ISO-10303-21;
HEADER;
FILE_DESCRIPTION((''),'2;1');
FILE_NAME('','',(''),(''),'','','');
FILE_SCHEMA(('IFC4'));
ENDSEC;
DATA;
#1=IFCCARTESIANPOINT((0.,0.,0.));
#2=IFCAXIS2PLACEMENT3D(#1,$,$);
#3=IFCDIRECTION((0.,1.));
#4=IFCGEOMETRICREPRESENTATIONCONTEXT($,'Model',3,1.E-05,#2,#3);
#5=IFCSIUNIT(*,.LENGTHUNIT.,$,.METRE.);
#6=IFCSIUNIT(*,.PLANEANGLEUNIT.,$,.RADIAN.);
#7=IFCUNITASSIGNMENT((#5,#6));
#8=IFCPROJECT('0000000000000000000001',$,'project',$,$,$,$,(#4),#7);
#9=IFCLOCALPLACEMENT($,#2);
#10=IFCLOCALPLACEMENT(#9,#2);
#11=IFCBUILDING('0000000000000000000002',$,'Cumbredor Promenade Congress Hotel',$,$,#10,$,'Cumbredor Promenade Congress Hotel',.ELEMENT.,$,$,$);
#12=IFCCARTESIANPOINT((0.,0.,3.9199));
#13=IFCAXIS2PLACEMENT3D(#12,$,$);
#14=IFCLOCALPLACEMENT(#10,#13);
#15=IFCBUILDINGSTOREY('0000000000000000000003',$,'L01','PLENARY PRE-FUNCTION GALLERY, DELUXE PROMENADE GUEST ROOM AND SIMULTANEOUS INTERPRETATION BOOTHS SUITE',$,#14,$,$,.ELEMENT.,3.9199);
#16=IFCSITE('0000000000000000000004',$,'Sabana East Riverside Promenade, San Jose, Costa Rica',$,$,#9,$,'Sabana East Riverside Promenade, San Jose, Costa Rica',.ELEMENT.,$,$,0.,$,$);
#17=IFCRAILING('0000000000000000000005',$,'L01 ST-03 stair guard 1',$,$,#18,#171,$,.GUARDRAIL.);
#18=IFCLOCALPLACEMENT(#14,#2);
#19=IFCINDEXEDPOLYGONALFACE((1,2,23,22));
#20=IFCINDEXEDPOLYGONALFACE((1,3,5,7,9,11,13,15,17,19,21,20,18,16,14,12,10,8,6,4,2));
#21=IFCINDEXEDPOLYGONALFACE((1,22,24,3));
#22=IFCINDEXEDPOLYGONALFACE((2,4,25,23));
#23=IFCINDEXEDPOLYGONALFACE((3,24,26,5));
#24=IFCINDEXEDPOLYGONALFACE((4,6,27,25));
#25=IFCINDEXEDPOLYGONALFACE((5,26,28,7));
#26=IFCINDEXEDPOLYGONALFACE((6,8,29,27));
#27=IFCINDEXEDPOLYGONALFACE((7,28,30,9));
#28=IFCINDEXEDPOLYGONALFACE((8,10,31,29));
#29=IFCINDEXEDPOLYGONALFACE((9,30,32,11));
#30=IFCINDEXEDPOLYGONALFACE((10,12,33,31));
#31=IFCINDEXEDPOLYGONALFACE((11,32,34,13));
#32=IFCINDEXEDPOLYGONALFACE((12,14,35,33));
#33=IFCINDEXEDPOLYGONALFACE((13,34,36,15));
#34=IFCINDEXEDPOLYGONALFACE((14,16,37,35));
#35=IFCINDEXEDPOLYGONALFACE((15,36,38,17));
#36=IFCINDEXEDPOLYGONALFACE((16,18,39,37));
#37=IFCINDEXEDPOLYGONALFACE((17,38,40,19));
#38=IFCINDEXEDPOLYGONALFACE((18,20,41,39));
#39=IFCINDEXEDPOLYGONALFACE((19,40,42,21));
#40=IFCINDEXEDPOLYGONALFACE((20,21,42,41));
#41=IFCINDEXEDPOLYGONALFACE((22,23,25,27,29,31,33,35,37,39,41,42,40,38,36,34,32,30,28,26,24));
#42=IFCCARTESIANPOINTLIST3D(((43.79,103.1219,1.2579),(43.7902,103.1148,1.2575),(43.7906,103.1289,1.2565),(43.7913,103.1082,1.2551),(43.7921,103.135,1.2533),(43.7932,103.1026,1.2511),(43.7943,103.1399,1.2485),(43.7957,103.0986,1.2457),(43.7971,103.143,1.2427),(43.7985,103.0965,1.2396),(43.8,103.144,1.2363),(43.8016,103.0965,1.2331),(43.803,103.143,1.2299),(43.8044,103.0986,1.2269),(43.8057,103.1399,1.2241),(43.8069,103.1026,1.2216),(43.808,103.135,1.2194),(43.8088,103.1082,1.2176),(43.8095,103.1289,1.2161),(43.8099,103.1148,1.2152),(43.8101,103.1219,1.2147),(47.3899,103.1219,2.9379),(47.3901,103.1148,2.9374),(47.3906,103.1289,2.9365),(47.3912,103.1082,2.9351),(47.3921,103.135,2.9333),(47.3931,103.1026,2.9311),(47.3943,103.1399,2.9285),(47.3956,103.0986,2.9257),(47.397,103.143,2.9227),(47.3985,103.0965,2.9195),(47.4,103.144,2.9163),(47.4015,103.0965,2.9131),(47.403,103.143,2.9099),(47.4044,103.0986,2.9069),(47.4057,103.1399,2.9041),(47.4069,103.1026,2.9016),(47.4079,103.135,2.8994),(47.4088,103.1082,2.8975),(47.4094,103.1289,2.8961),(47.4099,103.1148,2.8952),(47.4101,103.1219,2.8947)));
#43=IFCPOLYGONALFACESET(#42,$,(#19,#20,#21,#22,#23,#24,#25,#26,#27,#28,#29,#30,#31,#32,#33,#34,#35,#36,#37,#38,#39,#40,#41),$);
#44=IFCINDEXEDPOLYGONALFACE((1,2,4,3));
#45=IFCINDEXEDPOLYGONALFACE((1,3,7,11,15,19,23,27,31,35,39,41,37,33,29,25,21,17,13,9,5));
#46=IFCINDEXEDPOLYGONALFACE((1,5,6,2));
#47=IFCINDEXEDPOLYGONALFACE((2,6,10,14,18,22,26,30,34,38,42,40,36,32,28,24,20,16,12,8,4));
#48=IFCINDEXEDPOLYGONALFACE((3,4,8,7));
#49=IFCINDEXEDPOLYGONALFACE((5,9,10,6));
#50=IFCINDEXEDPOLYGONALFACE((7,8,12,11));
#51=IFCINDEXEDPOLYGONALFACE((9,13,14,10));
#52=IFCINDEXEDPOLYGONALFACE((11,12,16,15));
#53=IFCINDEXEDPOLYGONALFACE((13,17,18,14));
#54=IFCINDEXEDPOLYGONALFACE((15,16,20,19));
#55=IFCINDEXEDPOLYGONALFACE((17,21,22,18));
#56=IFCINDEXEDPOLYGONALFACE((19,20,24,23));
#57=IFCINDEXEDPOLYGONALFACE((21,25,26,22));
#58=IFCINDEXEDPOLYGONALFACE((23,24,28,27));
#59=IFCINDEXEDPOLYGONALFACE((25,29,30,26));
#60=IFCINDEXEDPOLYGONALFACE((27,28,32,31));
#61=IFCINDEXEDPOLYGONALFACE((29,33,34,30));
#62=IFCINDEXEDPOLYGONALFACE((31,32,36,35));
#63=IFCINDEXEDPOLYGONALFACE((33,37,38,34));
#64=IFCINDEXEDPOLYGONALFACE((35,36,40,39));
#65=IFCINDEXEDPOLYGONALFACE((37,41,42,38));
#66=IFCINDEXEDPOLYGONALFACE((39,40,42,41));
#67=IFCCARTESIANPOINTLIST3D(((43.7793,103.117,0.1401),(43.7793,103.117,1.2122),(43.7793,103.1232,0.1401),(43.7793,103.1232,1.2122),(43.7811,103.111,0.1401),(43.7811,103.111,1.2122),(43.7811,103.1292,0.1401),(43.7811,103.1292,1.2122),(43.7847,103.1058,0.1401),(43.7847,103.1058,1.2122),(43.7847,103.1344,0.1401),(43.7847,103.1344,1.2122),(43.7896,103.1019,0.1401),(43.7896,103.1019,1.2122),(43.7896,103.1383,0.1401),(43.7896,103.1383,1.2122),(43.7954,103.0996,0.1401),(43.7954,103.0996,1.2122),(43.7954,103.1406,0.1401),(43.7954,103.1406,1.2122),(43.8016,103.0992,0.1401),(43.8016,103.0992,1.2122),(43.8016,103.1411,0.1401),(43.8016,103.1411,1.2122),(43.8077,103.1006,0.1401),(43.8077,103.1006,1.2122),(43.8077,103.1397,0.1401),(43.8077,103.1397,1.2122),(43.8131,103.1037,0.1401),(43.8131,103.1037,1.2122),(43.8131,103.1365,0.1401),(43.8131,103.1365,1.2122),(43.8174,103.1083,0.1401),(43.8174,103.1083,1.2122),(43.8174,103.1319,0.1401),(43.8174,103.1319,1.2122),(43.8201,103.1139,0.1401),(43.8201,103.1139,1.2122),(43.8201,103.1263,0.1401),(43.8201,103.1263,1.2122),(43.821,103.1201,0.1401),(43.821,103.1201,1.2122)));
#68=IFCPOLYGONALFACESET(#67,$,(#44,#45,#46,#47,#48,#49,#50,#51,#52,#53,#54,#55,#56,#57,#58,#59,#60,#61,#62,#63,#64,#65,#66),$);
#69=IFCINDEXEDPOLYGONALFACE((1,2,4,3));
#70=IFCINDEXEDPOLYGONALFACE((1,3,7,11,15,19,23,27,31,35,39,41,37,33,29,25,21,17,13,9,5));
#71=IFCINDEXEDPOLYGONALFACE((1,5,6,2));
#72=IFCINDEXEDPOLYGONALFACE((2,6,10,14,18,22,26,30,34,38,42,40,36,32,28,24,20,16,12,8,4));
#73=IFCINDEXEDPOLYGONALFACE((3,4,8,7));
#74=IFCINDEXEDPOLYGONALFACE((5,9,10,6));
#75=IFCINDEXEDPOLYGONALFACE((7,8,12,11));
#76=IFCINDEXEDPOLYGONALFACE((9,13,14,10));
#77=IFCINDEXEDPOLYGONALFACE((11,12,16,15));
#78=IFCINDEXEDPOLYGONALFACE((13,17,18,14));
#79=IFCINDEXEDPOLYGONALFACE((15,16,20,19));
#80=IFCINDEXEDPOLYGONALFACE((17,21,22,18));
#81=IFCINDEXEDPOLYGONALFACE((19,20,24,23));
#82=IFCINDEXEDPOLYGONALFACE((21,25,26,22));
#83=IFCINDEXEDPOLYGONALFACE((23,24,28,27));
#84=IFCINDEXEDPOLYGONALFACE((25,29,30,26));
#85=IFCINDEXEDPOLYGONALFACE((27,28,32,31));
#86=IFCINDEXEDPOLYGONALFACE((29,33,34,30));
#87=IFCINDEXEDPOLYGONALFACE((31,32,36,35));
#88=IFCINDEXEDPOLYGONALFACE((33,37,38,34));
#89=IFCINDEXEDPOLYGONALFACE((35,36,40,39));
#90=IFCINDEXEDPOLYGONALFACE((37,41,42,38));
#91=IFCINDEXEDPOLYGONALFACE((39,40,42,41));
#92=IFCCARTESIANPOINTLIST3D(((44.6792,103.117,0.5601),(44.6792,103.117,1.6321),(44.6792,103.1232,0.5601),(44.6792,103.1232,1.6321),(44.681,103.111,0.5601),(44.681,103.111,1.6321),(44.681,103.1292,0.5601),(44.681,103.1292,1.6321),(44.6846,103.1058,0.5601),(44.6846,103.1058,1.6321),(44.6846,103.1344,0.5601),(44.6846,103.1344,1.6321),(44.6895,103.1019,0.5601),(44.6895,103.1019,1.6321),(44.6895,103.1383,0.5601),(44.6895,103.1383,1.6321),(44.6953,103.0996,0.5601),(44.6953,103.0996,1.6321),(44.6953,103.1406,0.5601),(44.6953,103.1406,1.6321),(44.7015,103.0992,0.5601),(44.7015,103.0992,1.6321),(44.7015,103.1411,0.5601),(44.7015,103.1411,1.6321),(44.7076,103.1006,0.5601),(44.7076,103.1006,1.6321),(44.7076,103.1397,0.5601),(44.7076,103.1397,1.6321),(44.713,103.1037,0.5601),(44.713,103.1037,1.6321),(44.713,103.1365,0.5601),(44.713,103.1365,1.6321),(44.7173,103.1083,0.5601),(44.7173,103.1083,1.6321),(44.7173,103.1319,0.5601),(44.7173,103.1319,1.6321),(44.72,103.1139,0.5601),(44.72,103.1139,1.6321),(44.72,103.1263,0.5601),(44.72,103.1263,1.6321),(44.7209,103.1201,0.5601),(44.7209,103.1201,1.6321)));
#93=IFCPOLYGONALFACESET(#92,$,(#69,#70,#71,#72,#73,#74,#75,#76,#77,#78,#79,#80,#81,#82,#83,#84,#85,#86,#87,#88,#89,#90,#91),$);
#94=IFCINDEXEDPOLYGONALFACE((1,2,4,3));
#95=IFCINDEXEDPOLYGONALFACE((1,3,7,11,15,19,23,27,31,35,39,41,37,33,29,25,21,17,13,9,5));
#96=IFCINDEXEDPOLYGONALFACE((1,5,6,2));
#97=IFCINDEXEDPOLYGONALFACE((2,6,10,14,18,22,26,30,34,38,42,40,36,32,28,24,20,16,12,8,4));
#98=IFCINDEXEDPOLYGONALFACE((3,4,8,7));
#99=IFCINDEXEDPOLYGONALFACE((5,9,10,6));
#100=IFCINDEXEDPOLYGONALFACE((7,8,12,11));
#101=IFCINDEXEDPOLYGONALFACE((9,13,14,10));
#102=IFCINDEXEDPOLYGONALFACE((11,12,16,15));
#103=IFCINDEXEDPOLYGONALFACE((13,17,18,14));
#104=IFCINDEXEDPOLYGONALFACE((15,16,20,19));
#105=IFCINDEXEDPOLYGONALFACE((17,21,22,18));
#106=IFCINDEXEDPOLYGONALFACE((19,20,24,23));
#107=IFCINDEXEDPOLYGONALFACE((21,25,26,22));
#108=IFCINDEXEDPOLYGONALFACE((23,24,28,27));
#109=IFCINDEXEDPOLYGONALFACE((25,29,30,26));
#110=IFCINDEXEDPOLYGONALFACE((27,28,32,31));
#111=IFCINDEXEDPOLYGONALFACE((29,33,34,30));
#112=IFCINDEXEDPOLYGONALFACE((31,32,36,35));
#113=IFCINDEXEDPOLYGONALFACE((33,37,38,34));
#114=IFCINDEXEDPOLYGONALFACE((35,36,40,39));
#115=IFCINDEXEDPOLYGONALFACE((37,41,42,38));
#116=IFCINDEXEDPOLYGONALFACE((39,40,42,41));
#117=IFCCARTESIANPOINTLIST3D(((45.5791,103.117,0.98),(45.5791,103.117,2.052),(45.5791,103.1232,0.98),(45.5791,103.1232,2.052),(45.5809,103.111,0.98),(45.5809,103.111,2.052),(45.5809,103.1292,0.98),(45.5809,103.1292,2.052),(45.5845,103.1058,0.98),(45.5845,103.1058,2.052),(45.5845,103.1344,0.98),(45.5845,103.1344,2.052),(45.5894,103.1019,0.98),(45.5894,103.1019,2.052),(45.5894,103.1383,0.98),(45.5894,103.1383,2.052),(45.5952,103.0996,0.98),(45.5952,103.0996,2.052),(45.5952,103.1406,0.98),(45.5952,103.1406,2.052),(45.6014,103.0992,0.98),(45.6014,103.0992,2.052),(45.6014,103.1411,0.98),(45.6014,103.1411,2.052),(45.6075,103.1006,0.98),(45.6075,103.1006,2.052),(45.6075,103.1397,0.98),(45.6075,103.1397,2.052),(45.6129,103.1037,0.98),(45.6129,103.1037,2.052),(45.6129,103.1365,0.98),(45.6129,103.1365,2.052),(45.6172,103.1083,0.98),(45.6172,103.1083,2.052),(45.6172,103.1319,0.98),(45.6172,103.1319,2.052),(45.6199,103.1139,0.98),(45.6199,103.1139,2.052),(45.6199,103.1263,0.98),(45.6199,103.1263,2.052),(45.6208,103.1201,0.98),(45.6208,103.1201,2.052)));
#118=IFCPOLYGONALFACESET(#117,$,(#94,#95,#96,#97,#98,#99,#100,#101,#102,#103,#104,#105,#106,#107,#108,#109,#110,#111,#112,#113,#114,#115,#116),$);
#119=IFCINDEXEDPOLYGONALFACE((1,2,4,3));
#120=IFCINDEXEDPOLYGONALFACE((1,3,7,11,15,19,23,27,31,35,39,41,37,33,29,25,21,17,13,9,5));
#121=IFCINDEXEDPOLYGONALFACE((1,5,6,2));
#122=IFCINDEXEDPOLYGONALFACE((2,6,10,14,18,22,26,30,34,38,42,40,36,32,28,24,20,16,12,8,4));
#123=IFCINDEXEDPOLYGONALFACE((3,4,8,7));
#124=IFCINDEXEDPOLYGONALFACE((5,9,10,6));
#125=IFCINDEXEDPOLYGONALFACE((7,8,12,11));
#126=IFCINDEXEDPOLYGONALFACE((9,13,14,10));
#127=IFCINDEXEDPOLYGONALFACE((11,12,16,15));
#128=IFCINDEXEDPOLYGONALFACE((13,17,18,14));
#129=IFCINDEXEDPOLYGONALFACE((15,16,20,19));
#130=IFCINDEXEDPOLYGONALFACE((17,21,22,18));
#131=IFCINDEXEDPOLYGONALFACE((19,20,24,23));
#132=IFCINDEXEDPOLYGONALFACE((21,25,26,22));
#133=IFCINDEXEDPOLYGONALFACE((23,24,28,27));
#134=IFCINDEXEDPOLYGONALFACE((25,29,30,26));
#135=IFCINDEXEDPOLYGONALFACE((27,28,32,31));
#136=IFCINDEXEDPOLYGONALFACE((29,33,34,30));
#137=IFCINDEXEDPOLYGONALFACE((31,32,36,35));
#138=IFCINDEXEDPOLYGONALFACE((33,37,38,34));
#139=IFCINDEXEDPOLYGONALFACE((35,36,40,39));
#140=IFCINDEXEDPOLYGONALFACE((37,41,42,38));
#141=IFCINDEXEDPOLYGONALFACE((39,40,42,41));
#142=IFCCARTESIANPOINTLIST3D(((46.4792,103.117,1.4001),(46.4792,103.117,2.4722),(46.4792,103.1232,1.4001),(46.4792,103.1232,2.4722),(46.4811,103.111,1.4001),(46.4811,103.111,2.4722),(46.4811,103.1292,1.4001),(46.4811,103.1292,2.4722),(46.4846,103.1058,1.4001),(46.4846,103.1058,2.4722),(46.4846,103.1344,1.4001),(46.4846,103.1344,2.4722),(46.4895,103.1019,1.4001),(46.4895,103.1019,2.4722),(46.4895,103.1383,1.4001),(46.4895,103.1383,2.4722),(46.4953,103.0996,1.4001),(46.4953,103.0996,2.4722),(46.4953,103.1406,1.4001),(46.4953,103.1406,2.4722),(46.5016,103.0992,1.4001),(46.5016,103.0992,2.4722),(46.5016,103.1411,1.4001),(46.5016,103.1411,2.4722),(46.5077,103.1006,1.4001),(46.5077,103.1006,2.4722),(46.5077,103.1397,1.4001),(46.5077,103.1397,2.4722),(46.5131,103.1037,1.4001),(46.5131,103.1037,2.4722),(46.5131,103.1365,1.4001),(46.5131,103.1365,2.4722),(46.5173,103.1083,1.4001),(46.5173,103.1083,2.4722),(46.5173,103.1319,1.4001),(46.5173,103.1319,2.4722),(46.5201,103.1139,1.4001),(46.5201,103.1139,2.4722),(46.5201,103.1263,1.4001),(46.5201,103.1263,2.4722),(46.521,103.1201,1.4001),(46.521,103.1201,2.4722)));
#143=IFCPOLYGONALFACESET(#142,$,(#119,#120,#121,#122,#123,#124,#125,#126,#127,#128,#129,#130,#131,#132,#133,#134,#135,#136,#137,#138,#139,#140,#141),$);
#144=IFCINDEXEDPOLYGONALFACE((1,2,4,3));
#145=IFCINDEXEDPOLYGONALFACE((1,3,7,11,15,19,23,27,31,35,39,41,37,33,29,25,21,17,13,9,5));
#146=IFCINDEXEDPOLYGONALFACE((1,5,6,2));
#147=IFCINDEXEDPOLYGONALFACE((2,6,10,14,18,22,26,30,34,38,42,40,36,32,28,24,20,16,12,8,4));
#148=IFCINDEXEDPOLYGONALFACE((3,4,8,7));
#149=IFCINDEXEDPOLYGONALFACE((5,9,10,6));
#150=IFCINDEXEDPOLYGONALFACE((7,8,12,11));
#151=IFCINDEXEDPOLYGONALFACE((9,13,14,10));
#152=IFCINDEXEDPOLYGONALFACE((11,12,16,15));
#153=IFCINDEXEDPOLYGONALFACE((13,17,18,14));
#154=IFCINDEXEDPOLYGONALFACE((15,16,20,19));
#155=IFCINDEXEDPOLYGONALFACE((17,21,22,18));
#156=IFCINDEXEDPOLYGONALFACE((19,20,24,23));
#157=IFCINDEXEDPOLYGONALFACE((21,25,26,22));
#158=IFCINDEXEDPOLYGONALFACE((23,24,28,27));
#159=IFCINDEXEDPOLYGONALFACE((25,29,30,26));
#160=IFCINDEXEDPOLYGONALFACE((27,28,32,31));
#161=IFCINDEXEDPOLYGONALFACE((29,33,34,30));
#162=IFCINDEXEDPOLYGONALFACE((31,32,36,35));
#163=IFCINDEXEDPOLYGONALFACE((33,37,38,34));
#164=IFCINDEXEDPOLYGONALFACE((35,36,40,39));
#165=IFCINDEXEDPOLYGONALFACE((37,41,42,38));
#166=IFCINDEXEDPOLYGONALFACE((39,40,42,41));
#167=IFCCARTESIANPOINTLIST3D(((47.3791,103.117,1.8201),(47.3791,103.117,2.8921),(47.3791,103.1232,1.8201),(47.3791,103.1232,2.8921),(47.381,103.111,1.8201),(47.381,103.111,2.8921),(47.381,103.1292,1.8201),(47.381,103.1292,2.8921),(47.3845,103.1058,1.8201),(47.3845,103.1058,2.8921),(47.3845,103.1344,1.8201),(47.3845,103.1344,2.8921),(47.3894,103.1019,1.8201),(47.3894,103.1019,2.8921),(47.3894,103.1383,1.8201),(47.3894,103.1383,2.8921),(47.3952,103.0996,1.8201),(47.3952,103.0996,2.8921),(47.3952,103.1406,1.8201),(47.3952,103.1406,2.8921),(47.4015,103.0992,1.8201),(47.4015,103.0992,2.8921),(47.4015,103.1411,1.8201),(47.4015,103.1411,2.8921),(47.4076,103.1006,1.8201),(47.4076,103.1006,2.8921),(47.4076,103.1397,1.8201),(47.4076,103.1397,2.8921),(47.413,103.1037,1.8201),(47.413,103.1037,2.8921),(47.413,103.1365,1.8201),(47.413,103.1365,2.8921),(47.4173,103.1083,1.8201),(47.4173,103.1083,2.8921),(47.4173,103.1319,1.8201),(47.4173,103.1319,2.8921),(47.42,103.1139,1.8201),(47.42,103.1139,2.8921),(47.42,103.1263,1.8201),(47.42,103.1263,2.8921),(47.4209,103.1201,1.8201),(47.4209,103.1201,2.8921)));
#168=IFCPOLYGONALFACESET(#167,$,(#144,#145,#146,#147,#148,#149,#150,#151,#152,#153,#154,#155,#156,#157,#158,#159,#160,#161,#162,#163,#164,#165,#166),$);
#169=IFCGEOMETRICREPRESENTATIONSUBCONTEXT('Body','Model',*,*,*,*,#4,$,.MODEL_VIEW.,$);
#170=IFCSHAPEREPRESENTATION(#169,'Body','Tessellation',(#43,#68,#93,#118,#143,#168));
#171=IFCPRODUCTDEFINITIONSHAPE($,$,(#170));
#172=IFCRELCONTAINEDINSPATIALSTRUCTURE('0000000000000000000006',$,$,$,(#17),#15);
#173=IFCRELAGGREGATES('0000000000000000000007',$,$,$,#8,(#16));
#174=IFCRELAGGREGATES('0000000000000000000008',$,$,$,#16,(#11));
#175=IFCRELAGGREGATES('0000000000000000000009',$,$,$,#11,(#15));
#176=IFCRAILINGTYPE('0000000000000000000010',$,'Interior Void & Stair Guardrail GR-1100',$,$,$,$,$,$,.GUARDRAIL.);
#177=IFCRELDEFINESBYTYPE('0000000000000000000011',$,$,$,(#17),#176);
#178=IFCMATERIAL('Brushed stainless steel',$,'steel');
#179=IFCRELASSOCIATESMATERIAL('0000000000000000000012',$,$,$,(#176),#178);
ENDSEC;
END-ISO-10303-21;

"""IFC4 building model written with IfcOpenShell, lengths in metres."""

from ifc_helpers import new_model, si_unit, direction, frame, origin, origin_2d, place, context, subcontext, project, spatial, circle, extrude, material, type_object, element, save


model = new_model("IFC4")

# Units and contexts
model_context = context("Model", 3, precision=1e-05, world=origin(), true_north=direction((0.0, 1.0)))
body_context = subcontext(model_context, "Body", "Model", "MODEL_VIEW")
ifc_project = project(units=[si_unit("LENGTHUNIT", "METRE"), si_unit("PLANEANGLEUNIT", "RADIAN")], contexts=[model_context])

# Site, building, storey
site_placement = place(None, origin())
site = spatial("IfcSite", under=ifc_project, at=site_placement, Name="Sabana East Riverside Promenade, San Jose, Costa Rica", LongName="Sabana East Riverside Promenade, San Jose, Costa Rica", CompositionType="ELEMENT", RefElevation=0.0)
building_placement = place(site_placement, origin())
building = spatial("IfcBuilding", under=site, at=building_placement, Name="Cumbredor Promenade Congress Hotel", LongName="Cumbredor Promenade Congress Hotel", CompositionType="ELEMENT")
storey_placement = place(building_placement, frame((0.0, 0.0, 3.9199)))
storey = spatial("IfcBuildingStorey", under=building, at=storey_placement, Name="L01", Description="PLENARY PRE-FUNCTION GALLERY, DELUXE PROMENADE GUEST ROOM AND SIMULTANEOUS INTERPRETATION BOOTHS SUITE", CompositionType="ELEMENT", Elevation=3.9199)

# Railing
ifc_material_1 = material(Name="Brushed stainless steel", Category="steel")
railing_type_1 = type_object("IfcRailingType", Name="Interior Void & Stair Guardrail GR-1100", PredefinedType="GUARDRAIL", material=ifc_material_1)
railing_1_placement = place(storey_placement, frame((43.8, 103.1201, 0.1401)))
element("IfcRailing", 1, at=railing_1_placement, inside=storey, type_object=railing_type_1, Name="L01 ST-03 stair guard 1", PredefinedType="GUARDRAIL", context=body_context, shape_type="SweptSolid", body=[
    extrude(circle(Radius=0.0239, at=origin_2d()), frame((0.0, 0.0, 1.0962), z_axis=(0.906183, 0.0, 0.422885), x_axis=(0.0, 1.0, 0.0)), (0.0, 0.0, 1.0), 3.9727),
    extrude(circle(Radius=0.021, at=origin_2d()), origin(), (0.0, 0.0, 1.0), 1.072),
    extrude(circle(Radius=0.021, at=origin_2d()), frame((0.8999, 0.0, 0.4199)), (0.0, 0.0, 1.0), 1.072),
    extrude(circle(Radius=0.021, at=origin_2d()), frame((1.7998, 0.0, 0.8398)), (0.0, 0.0, 1.0), 1.072),
    extrude(circle(Radius=0.021, at=origin_2d()), frame((2.7, 0.0, 1.26)), (0.0, 0.0, 1.0), 1.072),
    extrude(circle(Radius=0.021, at=origin_2d()), frame((3.5999, 0.0, 1.6799)), (0.0, 0.0, 1.0), 1.072),
])

save(model, "model.ifc")
